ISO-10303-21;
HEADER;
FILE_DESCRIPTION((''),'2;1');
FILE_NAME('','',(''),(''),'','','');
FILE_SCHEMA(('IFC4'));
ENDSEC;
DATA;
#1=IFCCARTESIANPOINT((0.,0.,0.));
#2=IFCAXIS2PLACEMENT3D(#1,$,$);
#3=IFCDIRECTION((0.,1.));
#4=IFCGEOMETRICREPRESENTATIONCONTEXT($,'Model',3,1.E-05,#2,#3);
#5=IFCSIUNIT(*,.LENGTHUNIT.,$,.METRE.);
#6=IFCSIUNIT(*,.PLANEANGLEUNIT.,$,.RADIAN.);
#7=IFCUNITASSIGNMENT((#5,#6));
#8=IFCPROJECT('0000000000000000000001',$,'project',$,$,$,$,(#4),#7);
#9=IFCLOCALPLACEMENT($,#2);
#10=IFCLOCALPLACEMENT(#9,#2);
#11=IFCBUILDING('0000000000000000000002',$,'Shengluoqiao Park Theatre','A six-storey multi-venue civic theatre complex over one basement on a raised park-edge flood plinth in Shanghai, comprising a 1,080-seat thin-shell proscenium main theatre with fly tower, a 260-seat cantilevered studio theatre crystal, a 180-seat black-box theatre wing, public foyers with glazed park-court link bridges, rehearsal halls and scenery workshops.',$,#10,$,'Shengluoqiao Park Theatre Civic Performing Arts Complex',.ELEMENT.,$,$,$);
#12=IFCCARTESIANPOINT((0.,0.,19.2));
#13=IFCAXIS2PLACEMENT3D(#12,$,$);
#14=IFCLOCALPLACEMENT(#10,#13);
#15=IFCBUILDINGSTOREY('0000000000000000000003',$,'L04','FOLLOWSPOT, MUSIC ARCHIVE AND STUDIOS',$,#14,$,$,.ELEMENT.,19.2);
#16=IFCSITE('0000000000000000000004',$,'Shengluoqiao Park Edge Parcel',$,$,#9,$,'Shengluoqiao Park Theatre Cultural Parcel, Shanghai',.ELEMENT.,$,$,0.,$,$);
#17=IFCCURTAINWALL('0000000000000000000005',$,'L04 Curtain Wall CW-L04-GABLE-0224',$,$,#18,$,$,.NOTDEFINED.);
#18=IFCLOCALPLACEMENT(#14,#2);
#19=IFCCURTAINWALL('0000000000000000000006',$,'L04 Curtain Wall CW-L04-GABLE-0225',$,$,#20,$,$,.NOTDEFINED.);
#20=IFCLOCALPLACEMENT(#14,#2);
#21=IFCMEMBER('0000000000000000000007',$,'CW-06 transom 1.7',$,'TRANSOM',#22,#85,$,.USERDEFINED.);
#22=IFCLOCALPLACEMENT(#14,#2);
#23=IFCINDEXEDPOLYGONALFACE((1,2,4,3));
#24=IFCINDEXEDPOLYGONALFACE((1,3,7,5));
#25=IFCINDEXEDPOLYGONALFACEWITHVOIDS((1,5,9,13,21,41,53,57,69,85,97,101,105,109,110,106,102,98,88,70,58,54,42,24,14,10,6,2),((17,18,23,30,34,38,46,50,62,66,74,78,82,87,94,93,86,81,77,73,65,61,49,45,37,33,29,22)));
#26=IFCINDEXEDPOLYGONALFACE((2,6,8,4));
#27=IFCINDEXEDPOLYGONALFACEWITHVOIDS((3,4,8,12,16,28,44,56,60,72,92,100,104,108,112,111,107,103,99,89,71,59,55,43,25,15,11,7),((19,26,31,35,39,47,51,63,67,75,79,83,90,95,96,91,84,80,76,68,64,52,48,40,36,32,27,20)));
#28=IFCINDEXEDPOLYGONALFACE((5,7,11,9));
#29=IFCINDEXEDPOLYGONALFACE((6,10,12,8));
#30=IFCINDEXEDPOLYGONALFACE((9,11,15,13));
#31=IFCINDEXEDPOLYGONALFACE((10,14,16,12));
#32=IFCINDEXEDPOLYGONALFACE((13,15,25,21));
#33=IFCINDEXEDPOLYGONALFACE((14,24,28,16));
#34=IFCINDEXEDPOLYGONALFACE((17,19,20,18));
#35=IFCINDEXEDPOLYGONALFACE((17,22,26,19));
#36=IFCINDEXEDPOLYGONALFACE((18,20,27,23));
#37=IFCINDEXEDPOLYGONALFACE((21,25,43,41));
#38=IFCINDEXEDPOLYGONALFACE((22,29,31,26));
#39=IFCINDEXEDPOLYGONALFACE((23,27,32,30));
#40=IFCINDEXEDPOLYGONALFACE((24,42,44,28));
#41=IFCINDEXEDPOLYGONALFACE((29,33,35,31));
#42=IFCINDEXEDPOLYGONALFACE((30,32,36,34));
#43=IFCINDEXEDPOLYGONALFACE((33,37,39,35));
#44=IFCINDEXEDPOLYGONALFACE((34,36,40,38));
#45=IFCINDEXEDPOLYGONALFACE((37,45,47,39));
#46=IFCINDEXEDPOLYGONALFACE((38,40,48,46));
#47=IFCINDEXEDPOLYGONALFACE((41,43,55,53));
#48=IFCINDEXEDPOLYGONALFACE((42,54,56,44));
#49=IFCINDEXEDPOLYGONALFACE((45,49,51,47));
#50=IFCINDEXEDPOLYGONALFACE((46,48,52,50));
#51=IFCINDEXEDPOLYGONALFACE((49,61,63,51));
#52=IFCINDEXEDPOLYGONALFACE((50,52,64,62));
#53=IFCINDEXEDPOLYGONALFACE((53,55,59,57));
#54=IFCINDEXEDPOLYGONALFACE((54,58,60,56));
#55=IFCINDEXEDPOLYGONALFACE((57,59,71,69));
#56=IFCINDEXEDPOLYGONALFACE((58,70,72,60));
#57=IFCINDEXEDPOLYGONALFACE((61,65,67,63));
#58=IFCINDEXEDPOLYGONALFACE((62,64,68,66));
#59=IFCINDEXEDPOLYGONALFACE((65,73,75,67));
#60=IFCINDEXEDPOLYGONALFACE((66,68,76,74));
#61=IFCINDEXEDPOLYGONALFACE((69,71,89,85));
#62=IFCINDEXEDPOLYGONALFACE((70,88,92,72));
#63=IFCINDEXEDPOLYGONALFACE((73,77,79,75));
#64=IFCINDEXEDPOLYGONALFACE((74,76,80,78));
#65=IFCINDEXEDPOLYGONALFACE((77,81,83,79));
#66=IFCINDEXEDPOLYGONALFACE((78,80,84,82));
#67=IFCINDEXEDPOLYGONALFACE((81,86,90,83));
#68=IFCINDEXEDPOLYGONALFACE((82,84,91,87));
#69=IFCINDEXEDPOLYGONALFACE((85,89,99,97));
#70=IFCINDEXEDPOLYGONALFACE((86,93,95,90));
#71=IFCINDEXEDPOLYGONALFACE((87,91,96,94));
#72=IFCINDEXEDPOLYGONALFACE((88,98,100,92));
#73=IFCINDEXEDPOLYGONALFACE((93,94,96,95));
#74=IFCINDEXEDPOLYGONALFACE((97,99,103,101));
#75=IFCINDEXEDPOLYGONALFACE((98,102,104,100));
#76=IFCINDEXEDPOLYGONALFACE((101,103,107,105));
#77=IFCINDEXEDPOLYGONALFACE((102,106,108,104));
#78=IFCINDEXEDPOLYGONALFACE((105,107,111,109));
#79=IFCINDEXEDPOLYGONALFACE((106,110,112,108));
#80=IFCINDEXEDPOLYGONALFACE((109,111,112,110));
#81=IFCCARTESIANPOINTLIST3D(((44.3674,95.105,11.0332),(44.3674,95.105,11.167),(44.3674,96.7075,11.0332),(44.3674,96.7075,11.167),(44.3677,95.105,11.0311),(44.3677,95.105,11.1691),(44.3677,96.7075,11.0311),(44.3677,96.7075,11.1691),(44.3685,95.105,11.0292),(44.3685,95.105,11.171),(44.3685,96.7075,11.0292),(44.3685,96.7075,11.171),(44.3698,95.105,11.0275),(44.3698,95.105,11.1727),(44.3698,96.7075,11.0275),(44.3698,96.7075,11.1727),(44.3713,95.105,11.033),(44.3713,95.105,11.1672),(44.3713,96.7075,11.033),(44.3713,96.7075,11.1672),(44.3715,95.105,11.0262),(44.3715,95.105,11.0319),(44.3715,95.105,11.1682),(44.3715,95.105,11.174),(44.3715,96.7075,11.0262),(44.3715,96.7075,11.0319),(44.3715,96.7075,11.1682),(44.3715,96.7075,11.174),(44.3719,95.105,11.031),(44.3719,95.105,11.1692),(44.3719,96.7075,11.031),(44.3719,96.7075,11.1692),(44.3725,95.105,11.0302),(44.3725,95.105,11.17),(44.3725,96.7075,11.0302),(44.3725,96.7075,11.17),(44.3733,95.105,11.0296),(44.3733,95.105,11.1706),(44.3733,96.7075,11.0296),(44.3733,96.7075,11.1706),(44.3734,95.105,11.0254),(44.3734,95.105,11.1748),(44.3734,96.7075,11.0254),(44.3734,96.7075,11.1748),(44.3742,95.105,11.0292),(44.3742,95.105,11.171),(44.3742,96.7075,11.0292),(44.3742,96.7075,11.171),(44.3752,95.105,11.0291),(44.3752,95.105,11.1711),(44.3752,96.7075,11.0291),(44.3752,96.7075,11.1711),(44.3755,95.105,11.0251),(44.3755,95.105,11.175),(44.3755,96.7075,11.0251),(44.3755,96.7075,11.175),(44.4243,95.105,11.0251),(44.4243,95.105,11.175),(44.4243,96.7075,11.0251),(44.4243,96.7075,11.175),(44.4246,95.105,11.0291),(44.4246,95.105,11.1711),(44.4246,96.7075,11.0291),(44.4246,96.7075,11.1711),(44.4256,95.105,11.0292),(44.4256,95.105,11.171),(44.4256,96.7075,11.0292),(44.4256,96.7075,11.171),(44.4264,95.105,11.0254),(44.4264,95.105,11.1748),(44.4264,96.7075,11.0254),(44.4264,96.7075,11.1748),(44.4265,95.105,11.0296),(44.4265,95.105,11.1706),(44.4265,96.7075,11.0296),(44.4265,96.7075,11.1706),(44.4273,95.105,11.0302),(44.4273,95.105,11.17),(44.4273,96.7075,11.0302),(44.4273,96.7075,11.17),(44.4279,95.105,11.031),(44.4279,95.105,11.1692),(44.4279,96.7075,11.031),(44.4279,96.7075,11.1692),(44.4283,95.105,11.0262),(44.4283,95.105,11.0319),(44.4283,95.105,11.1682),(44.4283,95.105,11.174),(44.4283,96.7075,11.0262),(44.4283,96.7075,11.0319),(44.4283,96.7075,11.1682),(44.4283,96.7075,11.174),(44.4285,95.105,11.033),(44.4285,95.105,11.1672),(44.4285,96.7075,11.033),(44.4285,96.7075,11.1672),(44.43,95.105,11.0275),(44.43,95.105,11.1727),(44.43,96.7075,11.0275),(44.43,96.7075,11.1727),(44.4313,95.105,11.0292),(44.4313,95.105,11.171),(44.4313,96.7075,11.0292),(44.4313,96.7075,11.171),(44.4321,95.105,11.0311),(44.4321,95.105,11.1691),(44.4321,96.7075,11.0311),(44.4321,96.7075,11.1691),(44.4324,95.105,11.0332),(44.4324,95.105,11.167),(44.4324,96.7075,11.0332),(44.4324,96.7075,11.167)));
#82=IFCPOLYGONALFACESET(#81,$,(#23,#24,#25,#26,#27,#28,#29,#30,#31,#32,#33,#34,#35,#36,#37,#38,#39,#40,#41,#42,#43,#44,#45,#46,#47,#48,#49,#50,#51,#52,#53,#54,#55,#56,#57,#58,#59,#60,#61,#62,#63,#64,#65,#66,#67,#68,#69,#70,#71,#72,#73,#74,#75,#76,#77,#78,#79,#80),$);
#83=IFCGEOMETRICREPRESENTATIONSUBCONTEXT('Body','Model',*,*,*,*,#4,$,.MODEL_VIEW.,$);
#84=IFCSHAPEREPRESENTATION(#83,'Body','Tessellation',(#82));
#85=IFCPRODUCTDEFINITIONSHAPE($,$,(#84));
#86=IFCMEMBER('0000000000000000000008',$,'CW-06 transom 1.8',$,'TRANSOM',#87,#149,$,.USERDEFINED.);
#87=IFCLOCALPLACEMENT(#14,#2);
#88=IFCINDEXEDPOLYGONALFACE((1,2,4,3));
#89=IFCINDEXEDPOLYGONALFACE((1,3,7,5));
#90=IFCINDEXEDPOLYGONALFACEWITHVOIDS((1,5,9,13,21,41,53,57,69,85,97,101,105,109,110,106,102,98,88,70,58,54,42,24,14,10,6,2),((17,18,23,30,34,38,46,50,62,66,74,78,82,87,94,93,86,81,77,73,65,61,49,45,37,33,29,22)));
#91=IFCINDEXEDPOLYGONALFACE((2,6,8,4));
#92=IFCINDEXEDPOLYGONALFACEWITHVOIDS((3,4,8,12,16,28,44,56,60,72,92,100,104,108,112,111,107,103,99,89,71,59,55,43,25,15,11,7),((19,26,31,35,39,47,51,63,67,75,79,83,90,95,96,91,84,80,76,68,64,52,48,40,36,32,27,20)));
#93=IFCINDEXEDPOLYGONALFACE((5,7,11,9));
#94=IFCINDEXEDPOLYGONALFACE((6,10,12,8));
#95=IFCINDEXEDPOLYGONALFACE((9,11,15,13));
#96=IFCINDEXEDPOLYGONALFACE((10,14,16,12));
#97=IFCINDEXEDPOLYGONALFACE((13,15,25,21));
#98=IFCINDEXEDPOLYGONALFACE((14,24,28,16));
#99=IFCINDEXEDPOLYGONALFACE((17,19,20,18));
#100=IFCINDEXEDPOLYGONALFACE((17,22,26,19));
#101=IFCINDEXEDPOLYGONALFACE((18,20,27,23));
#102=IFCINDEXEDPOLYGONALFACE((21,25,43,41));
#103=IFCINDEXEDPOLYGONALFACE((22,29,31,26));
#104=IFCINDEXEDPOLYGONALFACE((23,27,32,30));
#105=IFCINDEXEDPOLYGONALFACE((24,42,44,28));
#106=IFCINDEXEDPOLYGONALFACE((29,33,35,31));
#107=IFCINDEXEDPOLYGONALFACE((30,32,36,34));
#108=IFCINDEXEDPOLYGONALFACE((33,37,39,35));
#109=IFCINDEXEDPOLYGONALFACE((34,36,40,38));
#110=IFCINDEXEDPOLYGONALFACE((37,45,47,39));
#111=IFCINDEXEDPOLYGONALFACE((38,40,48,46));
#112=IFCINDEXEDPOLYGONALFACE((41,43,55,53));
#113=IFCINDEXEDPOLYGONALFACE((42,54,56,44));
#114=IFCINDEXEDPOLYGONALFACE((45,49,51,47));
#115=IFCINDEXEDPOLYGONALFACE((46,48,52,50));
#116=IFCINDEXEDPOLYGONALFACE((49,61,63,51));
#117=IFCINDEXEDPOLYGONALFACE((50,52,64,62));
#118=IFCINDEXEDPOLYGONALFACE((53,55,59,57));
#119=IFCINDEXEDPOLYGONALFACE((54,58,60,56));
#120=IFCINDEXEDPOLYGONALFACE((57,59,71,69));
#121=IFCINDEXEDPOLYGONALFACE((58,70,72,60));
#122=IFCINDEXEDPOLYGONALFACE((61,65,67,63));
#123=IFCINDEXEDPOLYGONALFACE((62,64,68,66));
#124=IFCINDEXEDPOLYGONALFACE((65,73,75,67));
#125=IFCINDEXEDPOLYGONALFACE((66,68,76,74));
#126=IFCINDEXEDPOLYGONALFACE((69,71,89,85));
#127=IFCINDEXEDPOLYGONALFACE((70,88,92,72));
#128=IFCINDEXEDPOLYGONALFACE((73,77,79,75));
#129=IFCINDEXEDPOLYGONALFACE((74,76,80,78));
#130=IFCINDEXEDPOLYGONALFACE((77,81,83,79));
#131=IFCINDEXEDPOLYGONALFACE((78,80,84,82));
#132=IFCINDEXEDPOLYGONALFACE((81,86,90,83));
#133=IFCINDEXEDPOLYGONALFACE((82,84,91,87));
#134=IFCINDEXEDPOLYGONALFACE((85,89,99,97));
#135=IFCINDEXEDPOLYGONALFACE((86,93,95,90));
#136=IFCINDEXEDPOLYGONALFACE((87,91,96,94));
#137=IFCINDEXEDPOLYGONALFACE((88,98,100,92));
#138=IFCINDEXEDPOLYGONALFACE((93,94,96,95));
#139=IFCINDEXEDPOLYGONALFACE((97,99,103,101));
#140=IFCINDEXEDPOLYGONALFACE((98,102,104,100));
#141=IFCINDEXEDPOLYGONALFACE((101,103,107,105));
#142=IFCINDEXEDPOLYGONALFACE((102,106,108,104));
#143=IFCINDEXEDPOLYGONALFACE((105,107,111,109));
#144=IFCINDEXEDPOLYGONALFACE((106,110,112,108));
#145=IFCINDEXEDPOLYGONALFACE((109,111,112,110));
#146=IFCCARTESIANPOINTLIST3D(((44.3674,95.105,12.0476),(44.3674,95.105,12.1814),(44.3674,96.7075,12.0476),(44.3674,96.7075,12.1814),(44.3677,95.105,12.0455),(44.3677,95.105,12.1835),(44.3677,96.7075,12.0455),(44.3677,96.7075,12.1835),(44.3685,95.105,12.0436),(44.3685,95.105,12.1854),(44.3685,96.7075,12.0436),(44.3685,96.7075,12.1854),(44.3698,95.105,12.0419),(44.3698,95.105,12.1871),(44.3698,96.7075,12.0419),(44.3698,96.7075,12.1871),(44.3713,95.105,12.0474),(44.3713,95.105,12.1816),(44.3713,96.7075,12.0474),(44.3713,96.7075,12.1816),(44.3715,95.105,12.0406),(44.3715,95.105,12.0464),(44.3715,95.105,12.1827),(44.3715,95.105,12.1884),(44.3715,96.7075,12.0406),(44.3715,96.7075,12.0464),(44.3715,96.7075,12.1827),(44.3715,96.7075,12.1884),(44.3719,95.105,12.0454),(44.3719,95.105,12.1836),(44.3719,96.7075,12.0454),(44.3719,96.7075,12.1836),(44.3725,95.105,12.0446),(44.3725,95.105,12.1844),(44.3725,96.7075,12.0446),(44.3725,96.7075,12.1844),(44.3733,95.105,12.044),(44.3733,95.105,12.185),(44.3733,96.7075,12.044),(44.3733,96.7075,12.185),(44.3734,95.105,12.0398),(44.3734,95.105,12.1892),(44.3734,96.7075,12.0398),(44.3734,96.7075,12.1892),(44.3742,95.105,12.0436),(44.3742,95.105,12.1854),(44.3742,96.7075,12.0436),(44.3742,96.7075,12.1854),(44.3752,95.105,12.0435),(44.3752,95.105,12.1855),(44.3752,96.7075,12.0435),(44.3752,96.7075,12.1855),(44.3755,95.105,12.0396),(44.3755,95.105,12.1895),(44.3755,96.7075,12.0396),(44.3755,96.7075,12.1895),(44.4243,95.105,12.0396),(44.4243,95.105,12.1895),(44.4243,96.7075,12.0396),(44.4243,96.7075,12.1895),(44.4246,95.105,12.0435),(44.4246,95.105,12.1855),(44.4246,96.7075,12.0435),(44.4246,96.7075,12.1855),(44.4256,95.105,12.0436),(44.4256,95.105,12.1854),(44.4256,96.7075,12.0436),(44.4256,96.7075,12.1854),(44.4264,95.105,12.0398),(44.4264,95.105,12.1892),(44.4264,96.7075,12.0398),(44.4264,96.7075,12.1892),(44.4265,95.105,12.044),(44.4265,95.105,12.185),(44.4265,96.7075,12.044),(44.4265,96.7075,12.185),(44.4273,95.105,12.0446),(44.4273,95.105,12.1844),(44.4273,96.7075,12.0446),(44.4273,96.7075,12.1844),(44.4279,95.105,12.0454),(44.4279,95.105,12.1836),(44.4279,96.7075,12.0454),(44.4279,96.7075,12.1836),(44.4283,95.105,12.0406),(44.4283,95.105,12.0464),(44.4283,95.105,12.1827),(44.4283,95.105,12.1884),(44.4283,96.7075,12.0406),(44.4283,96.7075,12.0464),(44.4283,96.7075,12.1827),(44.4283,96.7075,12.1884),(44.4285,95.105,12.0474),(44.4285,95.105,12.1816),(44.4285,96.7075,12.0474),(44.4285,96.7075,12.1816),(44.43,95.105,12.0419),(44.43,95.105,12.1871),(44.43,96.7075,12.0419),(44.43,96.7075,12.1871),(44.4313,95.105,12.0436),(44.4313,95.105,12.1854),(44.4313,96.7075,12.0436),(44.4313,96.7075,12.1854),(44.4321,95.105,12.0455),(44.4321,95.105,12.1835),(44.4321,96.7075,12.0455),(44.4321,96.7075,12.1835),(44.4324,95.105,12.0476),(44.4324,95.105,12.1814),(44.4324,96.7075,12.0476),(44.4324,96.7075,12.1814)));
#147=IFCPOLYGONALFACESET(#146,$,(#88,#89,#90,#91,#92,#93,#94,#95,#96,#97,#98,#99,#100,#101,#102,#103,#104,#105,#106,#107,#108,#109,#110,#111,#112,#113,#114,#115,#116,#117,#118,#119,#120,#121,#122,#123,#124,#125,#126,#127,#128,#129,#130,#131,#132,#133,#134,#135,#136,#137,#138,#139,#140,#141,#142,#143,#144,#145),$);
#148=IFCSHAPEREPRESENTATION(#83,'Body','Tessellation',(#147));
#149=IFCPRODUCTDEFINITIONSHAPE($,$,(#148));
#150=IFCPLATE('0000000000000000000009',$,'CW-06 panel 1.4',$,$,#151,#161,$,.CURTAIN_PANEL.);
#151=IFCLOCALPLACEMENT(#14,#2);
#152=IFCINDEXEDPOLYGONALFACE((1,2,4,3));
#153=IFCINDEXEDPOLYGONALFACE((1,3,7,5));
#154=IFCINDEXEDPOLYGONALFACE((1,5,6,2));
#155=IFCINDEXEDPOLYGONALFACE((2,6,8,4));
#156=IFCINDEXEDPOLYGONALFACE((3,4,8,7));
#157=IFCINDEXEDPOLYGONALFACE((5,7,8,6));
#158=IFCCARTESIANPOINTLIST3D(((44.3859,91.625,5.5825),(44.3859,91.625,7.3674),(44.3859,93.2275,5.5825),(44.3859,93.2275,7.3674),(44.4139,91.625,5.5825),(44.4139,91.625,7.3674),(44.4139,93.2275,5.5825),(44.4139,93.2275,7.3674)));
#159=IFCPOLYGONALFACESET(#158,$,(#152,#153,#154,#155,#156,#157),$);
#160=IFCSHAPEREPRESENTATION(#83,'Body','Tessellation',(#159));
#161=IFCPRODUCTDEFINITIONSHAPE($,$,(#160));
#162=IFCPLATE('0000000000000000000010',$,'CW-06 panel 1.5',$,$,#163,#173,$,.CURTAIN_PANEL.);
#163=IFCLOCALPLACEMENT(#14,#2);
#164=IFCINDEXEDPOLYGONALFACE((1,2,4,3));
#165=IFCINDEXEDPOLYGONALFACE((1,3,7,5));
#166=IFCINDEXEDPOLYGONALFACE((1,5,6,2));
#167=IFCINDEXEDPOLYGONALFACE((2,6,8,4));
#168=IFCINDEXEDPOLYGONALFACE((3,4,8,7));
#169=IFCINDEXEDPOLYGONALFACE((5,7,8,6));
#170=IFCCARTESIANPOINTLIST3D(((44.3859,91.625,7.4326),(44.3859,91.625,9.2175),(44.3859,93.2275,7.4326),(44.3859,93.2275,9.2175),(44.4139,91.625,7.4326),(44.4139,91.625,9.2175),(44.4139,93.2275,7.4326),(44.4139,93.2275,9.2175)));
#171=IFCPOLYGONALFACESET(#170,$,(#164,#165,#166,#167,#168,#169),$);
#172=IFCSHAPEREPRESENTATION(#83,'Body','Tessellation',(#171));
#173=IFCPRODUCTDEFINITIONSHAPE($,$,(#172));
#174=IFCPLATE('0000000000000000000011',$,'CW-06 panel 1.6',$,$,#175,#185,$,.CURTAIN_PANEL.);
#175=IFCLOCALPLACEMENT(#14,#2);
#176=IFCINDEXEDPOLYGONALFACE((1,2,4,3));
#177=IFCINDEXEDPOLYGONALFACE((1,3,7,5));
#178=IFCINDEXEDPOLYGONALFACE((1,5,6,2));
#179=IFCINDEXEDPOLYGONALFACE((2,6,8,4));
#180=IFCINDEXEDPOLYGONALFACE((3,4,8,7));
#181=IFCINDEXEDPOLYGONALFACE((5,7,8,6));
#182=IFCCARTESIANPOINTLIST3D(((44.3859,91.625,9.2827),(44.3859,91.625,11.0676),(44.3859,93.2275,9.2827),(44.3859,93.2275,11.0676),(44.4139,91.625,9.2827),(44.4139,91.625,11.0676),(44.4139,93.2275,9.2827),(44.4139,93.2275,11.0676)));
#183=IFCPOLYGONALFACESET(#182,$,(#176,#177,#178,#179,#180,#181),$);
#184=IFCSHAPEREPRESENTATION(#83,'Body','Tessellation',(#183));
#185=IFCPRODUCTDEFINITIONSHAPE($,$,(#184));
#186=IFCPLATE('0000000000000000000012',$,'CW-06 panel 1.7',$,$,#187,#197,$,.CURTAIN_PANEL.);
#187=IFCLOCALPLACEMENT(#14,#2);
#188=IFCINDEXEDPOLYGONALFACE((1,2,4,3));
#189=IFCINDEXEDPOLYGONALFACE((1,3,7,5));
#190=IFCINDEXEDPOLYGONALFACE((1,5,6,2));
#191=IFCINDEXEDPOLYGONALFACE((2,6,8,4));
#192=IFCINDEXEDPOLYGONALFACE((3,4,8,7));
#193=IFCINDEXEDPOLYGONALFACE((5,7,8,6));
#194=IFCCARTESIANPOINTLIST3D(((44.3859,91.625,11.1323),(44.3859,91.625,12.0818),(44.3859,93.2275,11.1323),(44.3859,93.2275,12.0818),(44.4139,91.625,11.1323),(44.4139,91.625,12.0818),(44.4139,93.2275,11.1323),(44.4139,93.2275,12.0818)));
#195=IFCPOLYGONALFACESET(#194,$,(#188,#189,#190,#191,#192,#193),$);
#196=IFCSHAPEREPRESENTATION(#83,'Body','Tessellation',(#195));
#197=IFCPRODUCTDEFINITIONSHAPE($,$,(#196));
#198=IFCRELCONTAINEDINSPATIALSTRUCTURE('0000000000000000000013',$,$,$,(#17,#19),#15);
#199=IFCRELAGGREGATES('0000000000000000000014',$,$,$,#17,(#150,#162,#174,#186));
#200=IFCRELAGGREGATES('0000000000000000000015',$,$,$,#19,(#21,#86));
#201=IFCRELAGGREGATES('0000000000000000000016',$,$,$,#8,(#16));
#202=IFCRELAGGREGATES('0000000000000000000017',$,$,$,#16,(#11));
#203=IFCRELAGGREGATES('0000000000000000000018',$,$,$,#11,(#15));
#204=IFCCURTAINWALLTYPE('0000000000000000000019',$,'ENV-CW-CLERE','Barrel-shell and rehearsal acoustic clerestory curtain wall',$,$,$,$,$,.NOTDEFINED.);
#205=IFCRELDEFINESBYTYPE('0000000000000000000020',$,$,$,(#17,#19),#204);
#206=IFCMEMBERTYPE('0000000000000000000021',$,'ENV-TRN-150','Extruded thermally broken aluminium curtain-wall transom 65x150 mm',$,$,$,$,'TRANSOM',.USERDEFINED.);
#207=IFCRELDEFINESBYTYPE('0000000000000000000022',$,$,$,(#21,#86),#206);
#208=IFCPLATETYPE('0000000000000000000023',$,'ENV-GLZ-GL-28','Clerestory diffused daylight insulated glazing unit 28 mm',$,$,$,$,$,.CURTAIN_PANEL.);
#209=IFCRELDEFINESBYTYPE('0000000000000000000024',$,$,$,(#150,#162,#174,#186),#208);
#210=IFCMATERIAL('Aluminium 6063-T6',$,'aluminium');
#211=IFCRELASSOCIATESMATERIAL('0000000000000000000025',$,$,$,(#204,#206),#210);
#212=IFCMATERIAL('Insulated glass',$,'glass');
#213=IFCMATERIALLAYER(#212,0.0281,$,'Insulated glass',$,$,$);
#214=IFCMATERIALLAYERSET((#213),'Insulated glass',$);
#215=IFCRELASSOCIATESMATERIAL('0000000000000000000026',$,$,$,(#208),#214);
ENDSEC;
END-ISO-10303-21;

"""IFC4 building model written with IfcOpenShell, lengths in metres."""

from ifc_helpers import new_model, si_unit, direction, frame, origin, origin_2d, place, context, subcontext, project, spatial, rectangle, hollow_rectangle, extrude, material, layer, layer_set, material_profile, profile_set, type_object, element, aggregate, save


model = new_model("IFC4")

# Units and contexts
model_context = context("Model", 3, precision=1e-05, world=origin(), true_north=direction((0.0, 1.0)))
body_context = subcontext(model_context, "Body", "Model", "MODEL_VIEW")
ifc_project = project(units=[si_unit("LENGTHUNIT", "METRE"), si_unit("PLANEANGLEUNIT", "RADIAN")], contexts=[model_context])

# Site, building, storey
site_placement = place(None, origin())
site = spatial("IfcSite", under=ifc_project, at=site_placement, Name="Shengluoqiao Park Edge Parcel", LongName="Shengluoqiao Park Theatre Cultural Parcel, Shanghai", CompositionType="ELEMENT", RefElevation=0.0)
building_placement = place(site_placement, origin())
building = spatial("IfcBuilding", under=site, at=building_placement, Name="Shengluoqiao Park Theatre", Description="A six-storey multi-venue civic theatre complex over one basement on a raised park-edge flood plinth in Shanghai, comprising a 1,080-seat thin-shell proscenium main theatre with fly tower, a 260-seat cantilevered studio theatre crystal, a 180-seat black-box theatre wing, public foyers with glazed park-court link bridges, rehearsal halls and scenery workshops.", LongName="Shengluoqiao Park Theatre Civic Performing Arts Complex", CompositionType="ELEMENT")
storey_placement = place(building_placement, frame((0.0, 0.0, 19.2)))
storey = spatial("IfcBuildingStorey", under=building, at=storey_placement, Name="L04", Description="FOLLOWSPOT, MUSIC ARCHIVE AND STUDIOS", CompositionType="ELEMENT", Elevation=19.2)

# Curtain walls, members
ifc_material_1 = material(Name="Aluminium 6063-T6", Category="aluminium")
curtain_wall_type = type_object("IfcCurtainWallType", Name="ENV-CW-CLERE", Description="Barrel-shell and rehearsal acoustic clerestory curtain wall", PredefinedType="NOTDEFINED", material=ifc_material_1)
curtain_wall_1_placement = place(storey_placement, origin())
curtain_wall_1 = element("IfcCurtainWall", 1, at=curtain_wall_1_placement, inside=storey, type_object=curtain_wall_type, Name="L04 Curtain Wall CW-L04-GABLE-0224", PredefinedType="NOTDEFINED")
ifc_material_profile = material_profile(ifc_material_1, hollow_rectangle(XDim=0.0649, YDim=0.1499, WallThickness=0.0039, InnerFilletRadius=0.0039, OuterFilletRadius=0.0081, at=origin_2d()), Name="ALU TRANSOM 150x65x4")
ifc_profile_set = profile_set([ifc_material_profile], Name="Aluminium 6063-T6")
member_type = type_object("IfcMemberType", Name="ENV-TRN-150", Description="Extruded thermally broken aluminium curtain-wall transom 65x150 mm", ElementType="TRANSOM", PredefinedType="USERDEFINED", material=ifc_profile_set)
curtain_wall_2_placement = place(storey_placement, origin())
curtain_wall_2 = element("IfcCurtainWall", 2, at=curtain_wall_2_placement, inside=storey, type_object=curtain_wall_type, Name="L04 Curtain Wall CW-L04-GABLE-0225", PredefinedType="NOTDEFINED")
member_1_placement = place(storey_placement, frame((44.3999, 95.105, 11.1001), z_axis=(0.0, 1.0, 0.0), x_axis=(-1.0, 0.0, 0.0)))
member_1 = element("IfcMember", 3, at=member_1_placement, type_object=member_type, Name="CW-06 transom 1.7", ObjectType="TRANSOM", PredefinedType="USERDEFINED", context=body_context, shape_type="SweptSolid", body=[
    extrude(hollow_rectangle(XDim=0.0649, YDim=0.1499, WallThickness=0.0039, InnerFilletRadius=0.0039, OuterFilletRadius=0.0081, at=origin_2d()), origin(), (0.0, 0.0, 1.0), 1.6025),
])
member_2_placement = place(storey_placement, frame((44.3999, 95.105, 12.1145), z_axis=(0.0, 1.0, 0.0), x_axis=(-1.0, 0.0, 0.0)))
member_2 = element("IfcMember", 4, at=member_2_placement, type_object=member_type, Name="CW-06 transom 1.8", ObjectType="TRANSOM", PredefinedType="USERDEFINED", context=body_context, shape_type="SweptSolid", body=[
    extrude(hollow_rectangle(XDim=0.0649, YDim=0.1499, WallThickness=0.0039, InnerFilletRadius=0.0039, OuterFilletRadius=0.0081, at=origin_2d()), origin(), (0.0, 0.0, 1.0), 1.6025),
])

# Plates
ifc_material_2 = material(Name="Insulated glass", Category="glass")
ifc_layer = layer(ifc_material_2, 0.0281, Name="Insulated glass")
ifc_layer_set = layer_set([ifc_layer], Name="Insulated glass")
plate_type = type_object("IfcPlateType", Name="ENV-GLZ-GL-28", Description="Clerestory diffused daylight insulated glazing unit 28 mm", PredefinedType="CURTAIN_PANEL", material=ifc_layer_set)
plate_1_placement = place(storey_placement, frame((44.3999, 92.4263, 5.5825), z_axis=(0.0, 0.0, 1.0), x_axis=(0.0, 1.0, 0.0)))
plate_1 = element("IfcPlate", 5, at=plate_1_placement, type_object=plate_type, Name="CW-06 panel 1.4", PredefinedType="CURTAIN_PANEL", context=body_context, shape_type="SweptSolid", body=[
    extrude(rectangle(XDim=1.6025, YDim=0.0281, at=origin_2d()), origin(), (0.0, 0.0, 1.0), 1.7849),
])
plate_2_placement = place(storey_placement, frame((44.3999, 92.4263, 7.4326), z_axis=(0.0, 0.0, 1.0), x_axis=(0.0, 1.0, 0.0)))
plate_2 = element("IfcPlate", 6, at=plate_2_placement, type_object=plate_type, Name="CW-06 panel 1.5", PredefinedType="CURTAIN_PANEL", context=body_context, shape_type="SweptSolid", body=[
    extrude(rectangle(XDim=1.6025, YDim=0.0281, at=origin_2d()), origin(), (0.0, 0.0, 1.0), 1.7849),
])
plate_3_placement = place(storey_placement, frame((44.3999, 92.4263, 9.2827), z_axis=(0.0, 0.0, 1.0), x_axis=(0.0, 1.0, 0.0)))
plate_3 = element("IfcPlate", 7, at=plate_3_placement, type_object=plate_type, Name="CW-06 panel 1.6", PredefinedType="CURTAIN_PANEL", context=body_context, shape_type="SweptSolid", body=[
    extrude(rectangle(XDim=1.6025, YDim=0.0281, at=origin_2d()), origin(), (0.0, 0.0, 1.0), 1.7849),
])
plate_4_placement = place(storey_placement, frame((44.3999, 92.4263, 11.1323), z_axis=(0.0, 0.0, 1.0), x_axis=(0.0, 1.0, 0.0)))
plate_4 = element("IfcPlate", 8, at=plate_4_placement, type_object=plate_type, Name="CW-06 panel 1.7", PredefinedType="CURTAIN_PANEL", context=body_context, shape_type="SweptSolid", body=[
    extrude(rectangle(XDim=1.6025, YDim=0.0281, at=origin_2d()), origin(), (0.0, 0.0, 1.0), 0.9495),
])
aggregate(curtain_wall_1, [plate_1, plate_2, plate_3, plate_4])
aggregate(curtain_wall_2, [member_1, member_2])

save(model, "model.ifc")
